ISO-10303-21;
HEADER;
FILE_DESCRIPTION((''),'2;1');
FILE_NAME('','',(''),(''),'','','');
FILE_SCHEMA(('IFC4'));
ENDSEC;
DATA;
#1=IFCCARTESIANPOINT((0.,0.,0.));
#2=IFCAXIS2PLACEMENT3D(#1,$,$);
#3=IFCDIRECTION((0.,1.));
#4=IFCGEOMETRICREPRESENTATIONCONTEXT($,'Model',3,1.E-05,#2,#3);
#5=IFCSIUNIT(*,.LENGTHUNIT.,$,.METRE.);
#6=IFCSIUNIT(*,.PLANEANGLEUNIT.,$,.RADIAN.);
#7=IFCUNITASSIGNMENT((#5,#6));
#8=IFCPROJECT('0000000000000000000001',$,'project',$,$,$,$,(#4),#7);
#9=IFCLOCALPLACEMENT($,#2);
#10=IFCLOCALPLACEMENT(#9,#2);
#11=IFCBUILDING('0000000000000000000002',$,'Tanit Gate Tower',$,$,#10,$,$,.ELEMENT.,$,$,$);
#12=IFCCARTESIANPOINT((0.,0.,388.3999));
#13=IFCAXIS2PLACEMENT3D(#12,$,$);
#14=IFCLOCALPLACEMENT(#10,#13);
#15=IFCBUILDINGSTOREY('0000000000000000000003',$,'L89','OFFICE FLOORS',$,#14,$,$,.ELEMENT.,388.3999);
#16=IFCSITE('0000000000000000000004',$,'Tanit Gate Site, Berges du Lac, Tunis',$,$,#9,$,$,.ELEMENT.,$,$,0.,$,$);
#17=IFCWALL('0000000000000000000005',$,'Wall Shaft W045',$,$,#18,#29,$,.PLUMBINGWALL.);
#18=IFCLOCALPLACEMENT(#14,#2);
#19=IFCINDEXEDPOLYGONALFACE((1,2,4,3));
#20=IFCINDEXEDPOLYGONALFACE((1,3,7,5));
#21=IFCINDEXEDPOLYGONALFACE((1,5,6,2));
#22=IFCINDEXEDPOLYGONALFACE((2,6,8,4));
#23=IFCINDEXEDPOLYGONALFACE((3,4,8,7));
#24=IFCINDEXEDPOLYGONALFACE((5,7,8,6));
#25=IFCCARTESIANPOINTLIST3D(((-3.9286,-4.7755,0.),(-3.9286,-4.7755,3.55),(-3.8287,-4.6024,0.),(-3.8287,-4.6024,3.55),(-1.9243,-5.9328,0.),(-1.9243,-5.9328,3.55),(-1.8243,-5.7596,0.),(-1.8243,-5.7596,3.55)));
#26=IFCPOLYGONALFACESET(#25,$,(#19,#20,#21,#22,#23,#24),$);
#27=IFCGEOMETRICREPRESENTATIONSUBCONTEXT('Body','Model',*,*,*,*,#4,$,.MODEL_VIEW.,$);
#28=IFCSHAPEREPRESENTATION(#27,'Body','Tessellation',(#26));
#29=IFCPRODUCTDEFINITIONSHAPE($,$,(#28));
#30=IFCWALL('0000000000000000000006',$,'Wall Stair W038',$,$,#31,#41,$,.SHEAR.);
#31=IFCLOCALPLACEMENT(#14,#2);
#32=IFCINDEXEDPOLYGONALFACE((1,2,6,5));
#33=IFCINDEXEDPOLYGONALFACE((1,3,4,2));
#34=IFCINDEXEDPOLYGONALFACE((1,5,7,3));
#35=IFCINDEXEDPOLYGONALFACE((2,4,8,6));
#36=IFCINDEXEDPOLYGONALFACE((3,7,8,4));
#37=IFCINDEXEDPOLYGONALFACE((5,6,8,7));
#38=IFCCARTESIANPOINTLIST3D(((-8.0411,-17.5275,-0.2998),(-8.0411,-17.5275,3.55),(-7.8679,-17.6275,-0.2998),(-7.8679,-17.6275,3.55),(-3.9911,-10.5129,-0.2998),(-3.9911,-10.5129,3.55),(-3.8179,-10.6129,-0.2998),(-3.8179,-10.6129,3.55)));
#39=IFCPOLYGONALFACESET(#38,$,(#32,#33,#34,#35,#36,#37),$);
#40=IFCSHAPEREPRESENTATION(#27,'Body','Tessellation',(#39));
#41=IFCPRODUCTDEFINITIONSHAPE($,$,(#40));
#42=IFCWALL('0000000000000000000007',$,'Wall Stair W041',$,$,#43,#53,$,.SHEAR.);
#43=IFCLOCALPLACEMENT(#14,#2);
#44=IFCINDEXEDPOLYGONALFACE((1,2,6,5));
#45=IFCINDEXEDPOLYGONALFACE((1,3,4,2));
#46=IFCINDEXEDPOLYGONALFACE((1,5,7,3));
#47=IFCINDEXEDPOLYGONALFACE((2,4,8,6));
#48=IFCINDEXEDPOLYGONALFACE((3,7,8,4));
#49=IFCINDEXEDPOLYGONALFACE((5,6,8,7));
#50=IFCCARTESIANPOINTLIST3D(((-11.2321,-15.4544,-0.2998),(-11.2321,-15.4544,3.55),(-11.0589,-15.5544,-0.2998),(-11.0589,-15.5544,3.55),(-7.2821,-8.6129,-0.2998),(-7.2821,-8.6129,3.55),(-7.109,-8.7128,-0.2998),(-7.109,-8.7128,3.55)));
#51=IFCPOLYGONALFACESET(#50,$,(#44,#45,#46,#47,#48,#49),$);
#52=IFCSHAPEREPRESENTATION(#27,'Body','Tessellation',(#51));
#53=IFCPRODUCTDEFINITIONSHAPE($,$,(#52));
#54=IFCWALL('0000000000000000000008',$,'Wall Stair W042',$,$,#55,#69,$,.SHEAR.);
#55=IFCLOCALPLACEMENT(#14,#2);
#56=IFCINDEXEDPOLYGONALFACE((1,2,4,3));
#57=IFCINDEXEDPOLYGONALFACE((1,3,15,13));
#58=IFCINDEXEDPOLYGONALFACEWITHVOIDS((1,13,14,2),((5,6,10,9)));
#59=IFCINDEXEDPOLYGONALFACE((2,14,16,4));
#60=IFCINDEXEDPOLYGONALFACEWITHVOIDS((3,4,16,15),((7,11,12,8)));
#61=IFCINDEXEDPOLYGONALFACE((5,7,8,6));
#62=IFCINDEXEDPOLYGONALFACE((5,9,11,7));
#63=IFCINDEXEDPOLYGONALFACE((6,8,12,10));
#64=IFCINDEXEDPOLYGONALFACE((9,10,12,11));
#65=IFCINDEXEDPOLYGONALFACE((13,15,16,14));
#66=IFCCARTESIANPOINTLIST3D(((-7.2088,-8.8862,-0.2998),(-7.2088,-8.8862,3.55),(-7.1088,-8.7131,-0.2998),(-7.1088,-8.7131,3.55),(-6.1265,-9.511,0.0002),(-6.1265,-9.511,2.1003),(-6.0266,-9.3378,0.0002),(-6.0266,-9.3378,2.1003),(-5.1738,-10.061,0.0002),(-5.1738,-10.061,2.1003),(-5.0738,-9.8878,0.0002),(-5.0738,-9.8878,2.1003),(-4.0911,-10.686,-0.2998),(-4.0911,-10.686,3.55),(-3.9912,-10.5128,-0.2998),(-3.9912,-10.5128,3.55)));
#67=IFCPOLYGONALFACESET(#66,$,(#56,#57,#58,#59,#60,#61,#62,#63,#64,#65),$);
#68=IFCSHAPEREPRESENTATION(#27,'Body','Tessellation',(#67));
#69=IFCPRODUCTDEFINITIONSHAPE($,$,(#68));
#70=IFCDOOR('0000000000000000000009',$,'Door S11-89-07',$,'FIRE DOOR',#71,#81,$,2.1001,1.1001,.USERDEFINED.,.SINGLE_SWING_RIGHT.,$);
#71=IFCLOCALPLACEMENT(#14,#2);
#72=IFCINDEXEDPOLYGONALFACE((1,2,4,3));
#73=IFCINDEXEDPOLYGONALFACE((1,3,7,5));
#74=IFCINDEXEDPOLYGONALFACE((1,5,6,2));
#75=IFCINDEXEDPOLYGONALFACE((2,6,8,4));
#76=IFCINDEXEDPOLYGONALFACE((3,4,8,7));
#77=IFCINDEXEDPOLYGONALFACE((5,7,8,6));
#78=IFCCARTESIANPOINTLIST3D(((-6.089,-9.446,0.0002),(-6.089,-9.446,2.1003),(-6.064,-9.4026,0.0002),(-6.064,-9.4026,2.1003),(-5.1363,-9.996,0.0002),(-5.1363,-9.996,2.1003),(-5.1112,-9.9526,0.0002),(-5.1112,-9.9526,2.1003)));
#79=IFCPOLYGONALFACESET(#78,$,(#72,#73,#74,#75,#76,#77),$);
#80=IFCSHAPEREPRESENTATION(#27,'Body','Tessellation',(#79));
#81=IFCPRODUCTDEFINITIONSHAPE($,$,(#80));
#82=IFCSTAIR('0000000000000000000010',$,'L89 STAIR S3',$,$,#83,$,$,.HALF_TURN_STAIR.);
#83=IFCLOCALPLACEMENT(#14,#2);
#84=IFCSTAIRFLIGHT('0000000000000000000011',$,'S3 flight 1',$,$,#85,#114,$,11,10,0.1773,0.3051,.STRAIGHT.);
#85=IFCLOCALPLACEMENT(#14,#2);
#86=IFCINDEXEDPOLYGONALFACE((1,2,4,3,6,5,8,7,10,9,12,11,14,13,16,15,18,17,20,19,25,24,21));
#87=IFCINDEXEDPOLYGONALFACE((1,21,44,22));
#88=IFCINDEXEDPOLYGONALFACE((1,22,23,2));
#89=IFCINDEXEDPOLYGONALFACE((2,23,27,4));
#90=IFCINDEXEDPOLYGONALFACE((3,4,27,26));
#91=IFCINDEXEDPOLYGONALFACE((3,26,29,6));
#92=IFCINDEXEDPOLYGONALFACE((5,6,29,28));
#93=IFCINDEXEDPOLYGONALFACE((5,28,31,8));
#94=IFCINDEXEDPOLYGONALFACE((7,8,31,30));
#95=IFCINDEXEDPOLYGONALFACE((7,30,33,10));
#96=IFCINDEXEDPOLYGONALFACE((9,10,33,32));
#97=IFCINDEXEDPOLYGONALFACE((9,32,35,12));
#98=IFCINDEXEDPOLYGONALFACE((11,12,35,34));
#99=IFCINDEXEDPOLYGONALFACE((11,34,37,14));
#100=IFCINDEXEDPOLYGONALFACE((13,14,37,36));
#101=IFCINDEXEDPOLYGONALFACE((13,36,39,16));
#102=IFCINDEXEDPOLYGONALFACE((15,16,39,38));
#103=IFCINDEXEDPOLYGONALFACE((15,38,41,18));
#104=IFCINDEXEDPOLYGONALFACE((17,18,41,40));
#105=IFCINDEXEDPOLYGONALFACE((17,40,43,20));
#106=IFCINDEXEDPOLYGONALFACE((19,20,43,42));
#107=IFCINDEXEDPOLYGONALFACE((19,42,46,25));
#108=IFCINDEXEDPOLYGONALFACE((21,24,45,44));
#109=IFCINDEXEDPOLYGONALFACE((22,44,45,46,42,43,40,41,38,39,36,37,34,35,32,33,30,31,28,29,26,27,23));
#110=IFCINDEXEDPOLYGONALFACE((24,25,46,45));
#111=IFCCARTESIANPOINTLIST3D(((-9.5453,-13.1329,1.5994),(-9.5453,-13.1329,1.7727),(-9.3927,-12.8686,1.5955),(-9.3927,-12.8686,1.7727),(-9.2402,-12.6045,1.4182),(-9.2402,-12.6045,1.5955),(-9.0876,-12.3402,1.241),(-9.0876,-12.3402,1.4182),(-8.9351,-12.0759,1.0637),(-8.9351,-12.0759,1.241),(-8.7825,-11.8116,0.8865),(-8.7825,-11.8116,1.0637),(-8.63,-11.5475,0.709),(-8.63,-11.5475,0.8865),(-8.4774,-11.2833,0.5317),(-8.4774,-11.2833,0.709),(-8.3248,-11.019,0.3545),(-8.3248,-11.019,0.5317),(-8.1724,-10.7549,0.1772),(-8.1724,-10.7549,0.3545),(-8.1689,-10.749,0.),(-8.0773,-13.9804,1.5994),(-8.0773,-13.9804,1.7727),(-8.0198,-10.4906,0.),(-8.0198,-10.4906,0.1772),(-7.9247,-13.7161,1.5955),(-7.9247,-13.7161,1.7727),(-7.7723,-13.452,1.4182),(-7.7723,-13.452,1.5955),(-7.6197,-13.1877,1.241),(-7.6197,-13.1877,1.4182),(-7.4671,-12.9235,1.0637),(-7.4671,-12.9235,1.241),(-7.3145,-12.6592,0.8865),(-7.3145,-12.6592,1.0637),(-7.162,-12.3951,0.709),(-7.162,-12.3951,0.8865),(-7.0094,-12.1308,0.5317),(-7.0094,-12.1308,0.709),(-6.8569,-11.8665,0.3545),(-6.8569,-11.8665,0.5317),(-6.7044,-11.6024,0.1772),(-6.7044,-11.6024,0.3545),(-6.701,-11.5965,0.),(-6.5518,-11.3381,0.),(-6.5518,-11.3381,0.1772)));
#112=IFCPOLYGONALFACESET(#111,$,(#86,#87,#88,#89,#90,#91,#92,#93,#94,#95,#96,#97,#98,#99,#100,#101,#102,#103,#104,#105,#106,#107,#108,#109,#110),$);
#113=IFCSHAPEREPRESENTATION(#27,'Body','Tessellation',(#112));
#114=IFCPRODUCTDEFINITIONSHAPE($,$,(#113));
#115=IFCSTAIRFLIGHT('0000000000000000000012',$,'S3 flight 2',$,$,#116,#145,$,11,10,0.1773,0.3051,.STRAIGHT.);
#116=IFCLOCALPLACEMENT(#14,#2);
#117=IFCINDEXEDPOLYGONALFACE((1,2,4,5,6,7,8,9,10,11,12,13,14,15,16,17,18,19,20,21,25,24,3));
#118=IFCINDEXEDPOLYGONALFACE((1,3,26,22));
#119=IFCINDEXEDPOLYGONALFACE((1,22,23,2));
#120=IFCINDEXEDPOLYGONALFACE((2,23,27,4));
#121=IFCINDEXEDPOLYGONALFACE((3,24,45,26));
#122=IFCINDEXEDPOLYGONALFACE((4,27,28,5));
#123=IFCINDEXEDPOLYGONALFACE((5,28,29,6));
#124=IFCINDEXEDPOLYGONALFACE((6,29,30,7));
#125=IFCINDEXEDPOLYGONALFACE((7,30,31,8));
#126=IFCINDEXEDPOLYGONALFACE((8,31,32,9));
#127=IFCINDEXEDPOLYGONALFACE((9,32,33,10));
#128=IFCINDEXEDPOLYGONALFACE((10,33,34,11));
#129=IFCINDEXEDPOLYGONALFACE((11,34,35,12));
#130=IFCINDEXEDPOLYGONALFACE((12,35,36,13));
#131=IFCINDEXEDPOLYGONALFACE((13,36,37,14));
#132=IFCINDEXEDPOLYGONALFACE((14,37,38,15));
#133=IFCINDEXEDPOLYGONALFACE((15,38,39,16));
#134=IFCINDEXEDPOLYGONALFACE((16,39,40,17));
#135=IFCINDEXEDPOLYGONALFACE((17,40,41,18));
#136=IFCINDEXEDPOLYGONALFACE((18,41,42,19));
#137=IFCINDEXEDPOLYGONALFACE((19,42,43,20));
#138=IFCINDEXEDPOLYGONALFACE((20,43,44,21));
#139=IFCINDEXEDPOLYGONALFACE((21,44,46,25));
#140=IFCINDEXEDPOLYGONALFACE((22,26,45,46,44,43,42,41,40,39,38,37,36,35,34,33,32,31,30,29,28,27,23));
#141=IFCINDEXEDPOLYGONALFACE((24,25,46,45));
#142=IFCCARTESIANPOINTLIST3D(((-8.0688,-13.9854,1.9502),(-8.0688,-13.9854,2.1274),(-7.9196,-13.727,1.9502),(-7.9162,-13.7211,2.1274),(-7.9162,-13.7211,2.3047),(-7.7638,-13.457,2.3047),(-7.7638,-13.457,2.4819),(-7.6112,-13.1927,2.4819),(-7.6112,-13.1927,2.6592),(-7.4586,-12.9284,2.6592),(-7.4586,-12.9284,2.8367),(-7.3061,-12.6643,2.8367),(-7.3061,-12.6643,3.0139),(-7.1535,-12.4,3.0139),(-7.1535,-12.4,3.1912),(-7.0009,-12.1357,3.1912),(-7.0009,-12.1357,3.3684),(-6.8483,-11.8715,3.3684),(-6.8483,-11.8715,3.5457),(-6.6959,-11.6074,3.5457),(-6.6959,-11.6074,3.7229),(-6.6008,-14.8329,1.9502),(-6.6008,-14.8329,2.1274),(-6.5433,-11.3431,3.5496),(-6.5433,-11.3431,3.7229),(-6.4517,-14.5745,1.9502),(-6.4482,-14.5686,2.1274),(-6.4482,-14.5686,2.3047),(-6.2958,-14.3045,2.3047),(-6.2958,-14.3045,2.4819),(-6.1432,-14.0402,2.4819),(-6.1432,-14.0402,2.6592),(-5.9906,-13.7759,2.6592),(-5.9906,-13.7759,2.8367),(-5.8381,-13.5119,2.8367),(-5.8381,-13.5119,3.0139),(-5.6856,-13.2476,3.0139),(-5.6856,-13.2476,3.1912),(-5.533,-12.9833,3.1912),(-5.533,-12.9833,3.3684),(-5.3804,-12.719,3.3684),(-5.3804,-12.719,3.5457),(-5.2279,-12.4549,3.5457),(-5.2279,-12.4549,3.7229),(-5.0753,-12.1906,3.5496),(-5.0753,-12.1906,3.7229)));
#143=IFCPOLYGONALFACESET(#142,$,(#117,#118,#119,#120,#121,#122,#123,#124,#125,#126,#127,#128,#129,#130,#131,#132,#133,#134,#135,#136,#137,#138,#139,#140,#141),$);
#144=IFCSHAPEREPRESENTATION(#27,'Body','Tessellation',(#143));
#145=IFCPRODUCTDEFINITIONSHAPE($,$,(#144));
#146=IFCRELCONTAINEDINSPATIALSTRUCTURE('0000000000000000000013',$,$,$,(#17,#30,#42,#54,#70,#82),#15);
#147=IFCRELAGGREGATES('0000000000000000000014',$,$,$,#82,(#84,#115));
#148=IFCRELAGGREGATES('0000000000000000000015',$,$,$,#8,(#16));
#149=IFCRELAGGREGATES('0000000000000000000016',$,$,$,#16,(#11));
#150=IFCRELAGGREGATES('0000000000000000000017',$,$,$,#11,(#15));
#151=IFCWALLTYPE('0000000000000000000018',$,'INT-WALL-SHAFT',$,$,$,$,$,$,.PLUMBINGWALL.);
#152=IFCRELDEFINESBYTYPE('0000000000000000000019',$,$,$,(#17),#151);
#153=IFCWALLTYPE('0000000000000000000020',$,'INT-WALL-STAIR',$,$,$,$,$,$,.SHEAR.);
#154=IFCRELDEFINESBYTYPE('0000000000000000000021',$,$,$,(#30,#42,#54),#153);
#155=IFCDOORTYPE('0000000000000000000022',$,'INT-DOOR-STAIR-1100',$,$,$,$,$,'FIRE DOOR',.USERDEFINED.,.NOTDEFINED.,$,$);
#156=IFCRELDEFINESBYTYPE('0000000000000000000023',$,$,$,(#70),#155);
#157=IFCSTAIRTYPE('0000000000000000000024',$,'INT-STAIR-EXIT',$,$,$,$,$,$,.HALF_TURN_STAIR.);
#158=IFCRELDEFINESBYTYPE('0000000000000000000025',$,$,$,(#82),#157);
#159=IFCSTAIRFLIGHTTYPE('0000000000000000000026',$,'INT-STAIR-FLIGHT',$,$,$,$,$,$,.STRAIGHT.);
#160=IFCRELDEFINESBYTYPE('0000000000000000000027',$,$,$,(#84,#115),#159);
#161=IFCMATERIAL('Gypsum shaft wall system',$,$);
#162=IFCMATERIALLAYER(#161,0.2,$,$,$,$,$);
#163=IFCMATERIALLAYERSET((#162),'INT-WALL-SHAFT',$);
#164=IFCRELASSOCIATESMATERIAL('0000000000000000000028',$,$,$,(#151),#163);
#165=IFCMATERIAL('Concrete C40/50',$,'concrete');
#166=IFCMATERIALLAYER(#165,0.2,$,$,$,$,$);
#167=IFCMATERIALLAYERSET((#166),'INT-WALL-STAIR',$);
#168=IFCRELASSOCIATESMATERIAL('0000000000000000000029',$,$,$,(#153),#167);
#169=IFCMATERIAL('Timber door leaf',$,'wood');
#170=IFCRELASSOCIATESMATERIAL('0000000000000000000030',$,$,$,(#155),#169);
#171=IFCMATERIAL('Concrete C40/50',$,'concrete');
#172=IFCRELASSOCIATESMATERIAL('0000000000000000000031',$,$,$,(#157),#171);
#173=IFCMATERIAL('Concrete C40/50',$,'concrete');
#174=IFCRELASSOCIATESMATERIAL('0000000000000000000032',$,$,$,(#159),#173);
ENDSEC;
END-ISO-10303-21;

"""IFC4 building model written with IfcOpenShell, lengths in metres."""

from ifc_helpers import new_model, si_unit, direction, frame, frame_2d, origin, place, context, subcontext, project, spatial, polyline, rectangle, outline, extrude, material, layer, layer_set, type_object, element, fill, aggregate, save


model = new_model("IFC4")

# Units and contexts
model_context = context("Model", 3, precision=1e-05, world=origin(), true_north=direction((0.0, 1.0)))
body_context = subcontext(model_context, "Body", "Model", "MODEL_VIEW")
ifc_project = project(units=[si_unit("LENGTHUNIT", "METRE"), si_unit("PLANEANGLEUNIT", "RADIAN")], contexts=[model_context])

# Site, building, storey
site_placement = place(None, origin())
site = spatial("IfcSite", under=ifc_project, at=site_placement, Name="Tanit Gate Site, Berges du Lac, Tunis", CompositionType="ELEMENT", RefElevation=0.0)
building_placement = place(site_placement, origin())
building = spatial("IfcBuilding", under=site, at=building_placement, Name="Tanit Gate Tower", CompositionType="ELEMENT")
storey_placement = place(building_placement, frame((0.0, 0.0, 388.3999)))
storey = spatial("IfcBuildingStorey", under=building, at=storey_placement, Name="L89", Description="OFFICE FLOORS", CompositionType="ELEMENT", Elevation=388.3999)

# Shared definitions
ifc_material_1 = material(Name="Gypsum shaft wall system")
ifc_layer_1 = layer(ifc_material_1, 0.2)
ifc_layer_set_1 = layer_set([ifc_layer_1], Name="INT-WALL-SHAFT")
wall_type_1 = type_object("IfcWallType", Name="INT-WALL-SHAFT", PredefinedType="PLUMBINGWALL", material=ifc_layer_set_1)

# Walls
wall_1_placement = place(storey_placement, frame((-3.8787, -4.689, 0.0), z_axis=(0.0, 0.0, 1.0), x_axis=(0.866027, -0.499996, 0.0)))
element("IfcWall", 1, at=wall_1_placement, inside=storey, type_object=wall_type_1, Name="Wall Shaft W045", PredefinedType="PLUMBINGWALL", context=body_context, shape_type="SweptSolid", body=[
    extrude(rectangle(XDim=2.3145, YDim=0.2, at=frame_2d((1.1572, 0.0))), origin(), (0.0, 0.0, 1.0), 3.55),
])
ifc_material_2 = material(Name="Concrete C40/50", Category="concrete")
ifc_layer_2 = layer(ifc_material_2, 0.2)
ifc_layer_set_2 = layer_set([ifc_layer_2], Name="INT-WALL-STAIR")
wall_type_2 = type_object("IfcWallType", Name="INT-WALL-STAIR", PredefinedType="SHEAR", material=ifc_layer_set_2)
wall_2_placement = place(storey_placement, frame((-3.9045, -10.563, -0.2998), z_axis=(0.0, 0.0, 1.0), x_axis=(-0.500013, -0.866018, 0.0)))
element("IfcWall", 2, at=wall_2_placement, inside=storey, type_object=wall_type_2, Name="Wall Stair W038", PredefinedType="SHEAR", context=body_context, shape_type="SweptSolid", body=[
    extrude(rectangle(XDim=8.0999, YDim=0.2, at=frame_2d((4.0498, 0.0))), origin(), (0.0, 0.0, 1.0), 3.8499),
])
wall_3_placement = place(storey_placement, frame((-7.1956, -8.6628, -0.2998), z_axis=(0.0, 0.0, 1.0), x_axis=(-0.499998, -0.866027, 0.0)))
element("IfcWall", 3, at=wall_3_placement, inside=storey, type_object=wall_type_2, Name="Wall Stair W041", PredefinedType="SHEAR", context=body_context, shape_type="SweptSolid", body=[
    extrude(rectangle(XDim=7.8999, YDim=0.2, at=frame_2d((3.95, 0.0))), origin(), (0.0, 0.0, 1.0), 3.8499),
])

# Wall, opening, door
wall_4_placement = place(storey_placement, frame((-4.0413, -10.5994, -0.2998), z_axis=(0.0, 0.0, 1.0), x_axis=(-0.866048, 0.499961, 0.0)))
wall_4 = element("IfcWall", 4, at=wall_4_placement, inside=storey, type_object=wall_type_2, Name="Wall Stair W042", PredefinedType="SHEAR", context=body_context, shape_type="SweptSolid", body=[
    extrude(rectangle(XDim=3.5999, YDim=0.2, at=frame_2d((1.7998, 0.0))), origin(), (0.0, 0.0, 1.0), 3.8499),
])
opening_1_placement = place(wall_4_placement, frame((1.25, 0.0, 0.3)))
opening_1 = element("IfcOpeningElement", 5, at=opening_1_placement, cuts=wall_4, PredefinedType="OPENING", context=body_context, shape_type="SweptSolid", body=[
    extrude(rectangle(XDim=1.1001, YDim=2.1001, at=frame_2d((0.55, 1.05))), frame((0.0, 0.1099, 0.0), z_axis=(0.0, -1.0, 0.0), x_axis=(1.0, 0.0, 0.0)), (0.0, 0.0, 1.0), 0.22),
])
ifc_material_3 = material(Name="Timber door leaf", Category="wood")
door_type_1 = type_object("IfcDoorType", Name="INT-DOOR-STAIR-1100", ElementType="FIRE DOOR", OperationType="NOTDEFINED", PredefinedType="USERDEFINED", material=ifc_material_3)
door_1_placement = place(opening_1_placement, origin())
door_1 = element("IfcDoor", 6, at=door_1_placement, inside=storey, type_object=door_type_1, Name="Door S11-89-07", ObjectType="FIRE DOOR", OperationType="SINGLE_SWING_RIGHT", OverallHeight=2.1001, OverallWidth=1.1001, PredefinedType="USERDEFINED", context=body_context, shape_type="SweptSolid", body=[
    extrude(rectangle(XDim=1.1001, YDim=2.1001, at=frame_2d((0.55, 1.05))), frame((0.0, 0.0249, 0.0), z_axis=(0.0, -1.0, 0.0), x_axis=(1.0, 0.0, 0.0)), (0.0, 0.0, 1.0), 0.05),
])
fill(opening_1, door_1)

# Stair, stair flights
ifc_material_4 = material(Name="Concrete C40/50", Category="concrete")
stair_type = type_object("IfcStairType", Name="INT-STAIR-EXIT", PredefinedType="HALF_TURN_STAIR", material=ifc_material_4)
stair_placement = place(storey_placement, origin())
stair = element("IfcStair", 7, at=stair_placement, inside=storey, type_object=stair_type, Name="L89 STAIR S3", PredefinedType="HALF_TURN_STAIR")
ifc_material_5 = material(Name="Concrete C40/50", Category="concrete")
stair_flight_type = type_object("IfcStairFlightType", Name="INT-STAIR-FLIGHT", PredefinedType="STRAIGHT", material=ifc_material_5)
stair_flight_1_placement = place(storey_placement, frame((-7.2859, -10.9143, 0.0), z_axis=(0.0, 0.0, 1.0), x_axis=(-0.5, -0.866025, 0.0)))
stair_flight_1 = element("IfcStairFlight", 8, at=stair_flight_1_placement, type_object=stair_flight_type, Name="S3 flight 1", NumberOfRisers=11, NumberOfTreads=10, PredefinedType="STRAIGHT", RiserHeight=0.1773, TreadLength=0.3051, context=body_context, shape_type="SweptSolid", body=[
    extrude(outline(polyline([(0.0, 0.0), (0.0, 0.1772), (0.3052, 0.1772), (0.3052, 0.3545), (0.6101, 0.3545), (0.6101, 0.5317), (0.9153, 0.5317), (0.9153, 0.709), (1.2205, 0.709), (1.2205, 0.8865), (1.5254, 0.8865), (1.5254, 1.0637), (1.8306, 1.0637), (1.8306, 1.241), (2.1357, 1.241), (2.1357, 1.4182), (2.4409, 1.4182), (2.4409, 1.5955), (2.7458, 1.5955), (2.7458, 1.7727), (3.051, 1.7727), (3.051, 1.95), (3.051, 1.5994), (0.2983, 0.0), (0.0, 0.0)])), frame((0.0, 0.8477, 0.0), z_axis=(0.0, -1.0, 0.0), x_axis=(1.0, 0.0, 0.0)), (0.0, 0.0, 1.0), 1.6951),
])
stair_flight_2_placement = place(storey_placement, frame((-7.3347, -14.4092, 1.9502), z_axis=(0.0, 0.0, 1.0), x_axis=(0.5, 0.866025, 0.0)))
stair_flight_2 = element("IfcStairFlight", 9, at=stair_flight_2_placement, type_object=stair_flight_type, Name="S3 flight 2", NumberOfRisers=11, NumberOfTreads=10, PredefinedType="STRAIGHT", RiserHeight=0.1773, TreadLength=0.3051, context=body_context, shape_type="SweptSolid", body=[
    extrude(outline(polyline([(0.0, 0.0), (0.0, 0.1772), (0.3052, 0.1772), (0.3052, 0.3545), (0.6101, 0.3545), (0.6101, 0.5317), (0.9153, 0.5317), (0.9153, 0.709), (1.2205, 0.709), (1.2205, 0.8865), (1.5254, 0.8865), (1.5254, 1.0637), (1.8306, 1.0637), (1.8306, 1.241), (2.1357, 1.241), (2.1357, 1.4182), (2.4409, 1.4182), (2.4409, 1.5955), (2.7458, 1.5955), (2.7458, 1.7727), (3.051, 1.7727), (3.051, 1.95), (3.051, 1.5994), (0.2983, 0.0), (0.0, 0.0)])), frame((0.0, 0.8477, 0.0), z_axis=(0.0, -1.0, 0.0), x_axis=(1.0, 0.0, 0.0)), (0.0, 0.0, 1.0), 1.6951),
])
aggregate(stair, [stair_flight_1, stair_flight_2])

save(model, "model.ifc")
